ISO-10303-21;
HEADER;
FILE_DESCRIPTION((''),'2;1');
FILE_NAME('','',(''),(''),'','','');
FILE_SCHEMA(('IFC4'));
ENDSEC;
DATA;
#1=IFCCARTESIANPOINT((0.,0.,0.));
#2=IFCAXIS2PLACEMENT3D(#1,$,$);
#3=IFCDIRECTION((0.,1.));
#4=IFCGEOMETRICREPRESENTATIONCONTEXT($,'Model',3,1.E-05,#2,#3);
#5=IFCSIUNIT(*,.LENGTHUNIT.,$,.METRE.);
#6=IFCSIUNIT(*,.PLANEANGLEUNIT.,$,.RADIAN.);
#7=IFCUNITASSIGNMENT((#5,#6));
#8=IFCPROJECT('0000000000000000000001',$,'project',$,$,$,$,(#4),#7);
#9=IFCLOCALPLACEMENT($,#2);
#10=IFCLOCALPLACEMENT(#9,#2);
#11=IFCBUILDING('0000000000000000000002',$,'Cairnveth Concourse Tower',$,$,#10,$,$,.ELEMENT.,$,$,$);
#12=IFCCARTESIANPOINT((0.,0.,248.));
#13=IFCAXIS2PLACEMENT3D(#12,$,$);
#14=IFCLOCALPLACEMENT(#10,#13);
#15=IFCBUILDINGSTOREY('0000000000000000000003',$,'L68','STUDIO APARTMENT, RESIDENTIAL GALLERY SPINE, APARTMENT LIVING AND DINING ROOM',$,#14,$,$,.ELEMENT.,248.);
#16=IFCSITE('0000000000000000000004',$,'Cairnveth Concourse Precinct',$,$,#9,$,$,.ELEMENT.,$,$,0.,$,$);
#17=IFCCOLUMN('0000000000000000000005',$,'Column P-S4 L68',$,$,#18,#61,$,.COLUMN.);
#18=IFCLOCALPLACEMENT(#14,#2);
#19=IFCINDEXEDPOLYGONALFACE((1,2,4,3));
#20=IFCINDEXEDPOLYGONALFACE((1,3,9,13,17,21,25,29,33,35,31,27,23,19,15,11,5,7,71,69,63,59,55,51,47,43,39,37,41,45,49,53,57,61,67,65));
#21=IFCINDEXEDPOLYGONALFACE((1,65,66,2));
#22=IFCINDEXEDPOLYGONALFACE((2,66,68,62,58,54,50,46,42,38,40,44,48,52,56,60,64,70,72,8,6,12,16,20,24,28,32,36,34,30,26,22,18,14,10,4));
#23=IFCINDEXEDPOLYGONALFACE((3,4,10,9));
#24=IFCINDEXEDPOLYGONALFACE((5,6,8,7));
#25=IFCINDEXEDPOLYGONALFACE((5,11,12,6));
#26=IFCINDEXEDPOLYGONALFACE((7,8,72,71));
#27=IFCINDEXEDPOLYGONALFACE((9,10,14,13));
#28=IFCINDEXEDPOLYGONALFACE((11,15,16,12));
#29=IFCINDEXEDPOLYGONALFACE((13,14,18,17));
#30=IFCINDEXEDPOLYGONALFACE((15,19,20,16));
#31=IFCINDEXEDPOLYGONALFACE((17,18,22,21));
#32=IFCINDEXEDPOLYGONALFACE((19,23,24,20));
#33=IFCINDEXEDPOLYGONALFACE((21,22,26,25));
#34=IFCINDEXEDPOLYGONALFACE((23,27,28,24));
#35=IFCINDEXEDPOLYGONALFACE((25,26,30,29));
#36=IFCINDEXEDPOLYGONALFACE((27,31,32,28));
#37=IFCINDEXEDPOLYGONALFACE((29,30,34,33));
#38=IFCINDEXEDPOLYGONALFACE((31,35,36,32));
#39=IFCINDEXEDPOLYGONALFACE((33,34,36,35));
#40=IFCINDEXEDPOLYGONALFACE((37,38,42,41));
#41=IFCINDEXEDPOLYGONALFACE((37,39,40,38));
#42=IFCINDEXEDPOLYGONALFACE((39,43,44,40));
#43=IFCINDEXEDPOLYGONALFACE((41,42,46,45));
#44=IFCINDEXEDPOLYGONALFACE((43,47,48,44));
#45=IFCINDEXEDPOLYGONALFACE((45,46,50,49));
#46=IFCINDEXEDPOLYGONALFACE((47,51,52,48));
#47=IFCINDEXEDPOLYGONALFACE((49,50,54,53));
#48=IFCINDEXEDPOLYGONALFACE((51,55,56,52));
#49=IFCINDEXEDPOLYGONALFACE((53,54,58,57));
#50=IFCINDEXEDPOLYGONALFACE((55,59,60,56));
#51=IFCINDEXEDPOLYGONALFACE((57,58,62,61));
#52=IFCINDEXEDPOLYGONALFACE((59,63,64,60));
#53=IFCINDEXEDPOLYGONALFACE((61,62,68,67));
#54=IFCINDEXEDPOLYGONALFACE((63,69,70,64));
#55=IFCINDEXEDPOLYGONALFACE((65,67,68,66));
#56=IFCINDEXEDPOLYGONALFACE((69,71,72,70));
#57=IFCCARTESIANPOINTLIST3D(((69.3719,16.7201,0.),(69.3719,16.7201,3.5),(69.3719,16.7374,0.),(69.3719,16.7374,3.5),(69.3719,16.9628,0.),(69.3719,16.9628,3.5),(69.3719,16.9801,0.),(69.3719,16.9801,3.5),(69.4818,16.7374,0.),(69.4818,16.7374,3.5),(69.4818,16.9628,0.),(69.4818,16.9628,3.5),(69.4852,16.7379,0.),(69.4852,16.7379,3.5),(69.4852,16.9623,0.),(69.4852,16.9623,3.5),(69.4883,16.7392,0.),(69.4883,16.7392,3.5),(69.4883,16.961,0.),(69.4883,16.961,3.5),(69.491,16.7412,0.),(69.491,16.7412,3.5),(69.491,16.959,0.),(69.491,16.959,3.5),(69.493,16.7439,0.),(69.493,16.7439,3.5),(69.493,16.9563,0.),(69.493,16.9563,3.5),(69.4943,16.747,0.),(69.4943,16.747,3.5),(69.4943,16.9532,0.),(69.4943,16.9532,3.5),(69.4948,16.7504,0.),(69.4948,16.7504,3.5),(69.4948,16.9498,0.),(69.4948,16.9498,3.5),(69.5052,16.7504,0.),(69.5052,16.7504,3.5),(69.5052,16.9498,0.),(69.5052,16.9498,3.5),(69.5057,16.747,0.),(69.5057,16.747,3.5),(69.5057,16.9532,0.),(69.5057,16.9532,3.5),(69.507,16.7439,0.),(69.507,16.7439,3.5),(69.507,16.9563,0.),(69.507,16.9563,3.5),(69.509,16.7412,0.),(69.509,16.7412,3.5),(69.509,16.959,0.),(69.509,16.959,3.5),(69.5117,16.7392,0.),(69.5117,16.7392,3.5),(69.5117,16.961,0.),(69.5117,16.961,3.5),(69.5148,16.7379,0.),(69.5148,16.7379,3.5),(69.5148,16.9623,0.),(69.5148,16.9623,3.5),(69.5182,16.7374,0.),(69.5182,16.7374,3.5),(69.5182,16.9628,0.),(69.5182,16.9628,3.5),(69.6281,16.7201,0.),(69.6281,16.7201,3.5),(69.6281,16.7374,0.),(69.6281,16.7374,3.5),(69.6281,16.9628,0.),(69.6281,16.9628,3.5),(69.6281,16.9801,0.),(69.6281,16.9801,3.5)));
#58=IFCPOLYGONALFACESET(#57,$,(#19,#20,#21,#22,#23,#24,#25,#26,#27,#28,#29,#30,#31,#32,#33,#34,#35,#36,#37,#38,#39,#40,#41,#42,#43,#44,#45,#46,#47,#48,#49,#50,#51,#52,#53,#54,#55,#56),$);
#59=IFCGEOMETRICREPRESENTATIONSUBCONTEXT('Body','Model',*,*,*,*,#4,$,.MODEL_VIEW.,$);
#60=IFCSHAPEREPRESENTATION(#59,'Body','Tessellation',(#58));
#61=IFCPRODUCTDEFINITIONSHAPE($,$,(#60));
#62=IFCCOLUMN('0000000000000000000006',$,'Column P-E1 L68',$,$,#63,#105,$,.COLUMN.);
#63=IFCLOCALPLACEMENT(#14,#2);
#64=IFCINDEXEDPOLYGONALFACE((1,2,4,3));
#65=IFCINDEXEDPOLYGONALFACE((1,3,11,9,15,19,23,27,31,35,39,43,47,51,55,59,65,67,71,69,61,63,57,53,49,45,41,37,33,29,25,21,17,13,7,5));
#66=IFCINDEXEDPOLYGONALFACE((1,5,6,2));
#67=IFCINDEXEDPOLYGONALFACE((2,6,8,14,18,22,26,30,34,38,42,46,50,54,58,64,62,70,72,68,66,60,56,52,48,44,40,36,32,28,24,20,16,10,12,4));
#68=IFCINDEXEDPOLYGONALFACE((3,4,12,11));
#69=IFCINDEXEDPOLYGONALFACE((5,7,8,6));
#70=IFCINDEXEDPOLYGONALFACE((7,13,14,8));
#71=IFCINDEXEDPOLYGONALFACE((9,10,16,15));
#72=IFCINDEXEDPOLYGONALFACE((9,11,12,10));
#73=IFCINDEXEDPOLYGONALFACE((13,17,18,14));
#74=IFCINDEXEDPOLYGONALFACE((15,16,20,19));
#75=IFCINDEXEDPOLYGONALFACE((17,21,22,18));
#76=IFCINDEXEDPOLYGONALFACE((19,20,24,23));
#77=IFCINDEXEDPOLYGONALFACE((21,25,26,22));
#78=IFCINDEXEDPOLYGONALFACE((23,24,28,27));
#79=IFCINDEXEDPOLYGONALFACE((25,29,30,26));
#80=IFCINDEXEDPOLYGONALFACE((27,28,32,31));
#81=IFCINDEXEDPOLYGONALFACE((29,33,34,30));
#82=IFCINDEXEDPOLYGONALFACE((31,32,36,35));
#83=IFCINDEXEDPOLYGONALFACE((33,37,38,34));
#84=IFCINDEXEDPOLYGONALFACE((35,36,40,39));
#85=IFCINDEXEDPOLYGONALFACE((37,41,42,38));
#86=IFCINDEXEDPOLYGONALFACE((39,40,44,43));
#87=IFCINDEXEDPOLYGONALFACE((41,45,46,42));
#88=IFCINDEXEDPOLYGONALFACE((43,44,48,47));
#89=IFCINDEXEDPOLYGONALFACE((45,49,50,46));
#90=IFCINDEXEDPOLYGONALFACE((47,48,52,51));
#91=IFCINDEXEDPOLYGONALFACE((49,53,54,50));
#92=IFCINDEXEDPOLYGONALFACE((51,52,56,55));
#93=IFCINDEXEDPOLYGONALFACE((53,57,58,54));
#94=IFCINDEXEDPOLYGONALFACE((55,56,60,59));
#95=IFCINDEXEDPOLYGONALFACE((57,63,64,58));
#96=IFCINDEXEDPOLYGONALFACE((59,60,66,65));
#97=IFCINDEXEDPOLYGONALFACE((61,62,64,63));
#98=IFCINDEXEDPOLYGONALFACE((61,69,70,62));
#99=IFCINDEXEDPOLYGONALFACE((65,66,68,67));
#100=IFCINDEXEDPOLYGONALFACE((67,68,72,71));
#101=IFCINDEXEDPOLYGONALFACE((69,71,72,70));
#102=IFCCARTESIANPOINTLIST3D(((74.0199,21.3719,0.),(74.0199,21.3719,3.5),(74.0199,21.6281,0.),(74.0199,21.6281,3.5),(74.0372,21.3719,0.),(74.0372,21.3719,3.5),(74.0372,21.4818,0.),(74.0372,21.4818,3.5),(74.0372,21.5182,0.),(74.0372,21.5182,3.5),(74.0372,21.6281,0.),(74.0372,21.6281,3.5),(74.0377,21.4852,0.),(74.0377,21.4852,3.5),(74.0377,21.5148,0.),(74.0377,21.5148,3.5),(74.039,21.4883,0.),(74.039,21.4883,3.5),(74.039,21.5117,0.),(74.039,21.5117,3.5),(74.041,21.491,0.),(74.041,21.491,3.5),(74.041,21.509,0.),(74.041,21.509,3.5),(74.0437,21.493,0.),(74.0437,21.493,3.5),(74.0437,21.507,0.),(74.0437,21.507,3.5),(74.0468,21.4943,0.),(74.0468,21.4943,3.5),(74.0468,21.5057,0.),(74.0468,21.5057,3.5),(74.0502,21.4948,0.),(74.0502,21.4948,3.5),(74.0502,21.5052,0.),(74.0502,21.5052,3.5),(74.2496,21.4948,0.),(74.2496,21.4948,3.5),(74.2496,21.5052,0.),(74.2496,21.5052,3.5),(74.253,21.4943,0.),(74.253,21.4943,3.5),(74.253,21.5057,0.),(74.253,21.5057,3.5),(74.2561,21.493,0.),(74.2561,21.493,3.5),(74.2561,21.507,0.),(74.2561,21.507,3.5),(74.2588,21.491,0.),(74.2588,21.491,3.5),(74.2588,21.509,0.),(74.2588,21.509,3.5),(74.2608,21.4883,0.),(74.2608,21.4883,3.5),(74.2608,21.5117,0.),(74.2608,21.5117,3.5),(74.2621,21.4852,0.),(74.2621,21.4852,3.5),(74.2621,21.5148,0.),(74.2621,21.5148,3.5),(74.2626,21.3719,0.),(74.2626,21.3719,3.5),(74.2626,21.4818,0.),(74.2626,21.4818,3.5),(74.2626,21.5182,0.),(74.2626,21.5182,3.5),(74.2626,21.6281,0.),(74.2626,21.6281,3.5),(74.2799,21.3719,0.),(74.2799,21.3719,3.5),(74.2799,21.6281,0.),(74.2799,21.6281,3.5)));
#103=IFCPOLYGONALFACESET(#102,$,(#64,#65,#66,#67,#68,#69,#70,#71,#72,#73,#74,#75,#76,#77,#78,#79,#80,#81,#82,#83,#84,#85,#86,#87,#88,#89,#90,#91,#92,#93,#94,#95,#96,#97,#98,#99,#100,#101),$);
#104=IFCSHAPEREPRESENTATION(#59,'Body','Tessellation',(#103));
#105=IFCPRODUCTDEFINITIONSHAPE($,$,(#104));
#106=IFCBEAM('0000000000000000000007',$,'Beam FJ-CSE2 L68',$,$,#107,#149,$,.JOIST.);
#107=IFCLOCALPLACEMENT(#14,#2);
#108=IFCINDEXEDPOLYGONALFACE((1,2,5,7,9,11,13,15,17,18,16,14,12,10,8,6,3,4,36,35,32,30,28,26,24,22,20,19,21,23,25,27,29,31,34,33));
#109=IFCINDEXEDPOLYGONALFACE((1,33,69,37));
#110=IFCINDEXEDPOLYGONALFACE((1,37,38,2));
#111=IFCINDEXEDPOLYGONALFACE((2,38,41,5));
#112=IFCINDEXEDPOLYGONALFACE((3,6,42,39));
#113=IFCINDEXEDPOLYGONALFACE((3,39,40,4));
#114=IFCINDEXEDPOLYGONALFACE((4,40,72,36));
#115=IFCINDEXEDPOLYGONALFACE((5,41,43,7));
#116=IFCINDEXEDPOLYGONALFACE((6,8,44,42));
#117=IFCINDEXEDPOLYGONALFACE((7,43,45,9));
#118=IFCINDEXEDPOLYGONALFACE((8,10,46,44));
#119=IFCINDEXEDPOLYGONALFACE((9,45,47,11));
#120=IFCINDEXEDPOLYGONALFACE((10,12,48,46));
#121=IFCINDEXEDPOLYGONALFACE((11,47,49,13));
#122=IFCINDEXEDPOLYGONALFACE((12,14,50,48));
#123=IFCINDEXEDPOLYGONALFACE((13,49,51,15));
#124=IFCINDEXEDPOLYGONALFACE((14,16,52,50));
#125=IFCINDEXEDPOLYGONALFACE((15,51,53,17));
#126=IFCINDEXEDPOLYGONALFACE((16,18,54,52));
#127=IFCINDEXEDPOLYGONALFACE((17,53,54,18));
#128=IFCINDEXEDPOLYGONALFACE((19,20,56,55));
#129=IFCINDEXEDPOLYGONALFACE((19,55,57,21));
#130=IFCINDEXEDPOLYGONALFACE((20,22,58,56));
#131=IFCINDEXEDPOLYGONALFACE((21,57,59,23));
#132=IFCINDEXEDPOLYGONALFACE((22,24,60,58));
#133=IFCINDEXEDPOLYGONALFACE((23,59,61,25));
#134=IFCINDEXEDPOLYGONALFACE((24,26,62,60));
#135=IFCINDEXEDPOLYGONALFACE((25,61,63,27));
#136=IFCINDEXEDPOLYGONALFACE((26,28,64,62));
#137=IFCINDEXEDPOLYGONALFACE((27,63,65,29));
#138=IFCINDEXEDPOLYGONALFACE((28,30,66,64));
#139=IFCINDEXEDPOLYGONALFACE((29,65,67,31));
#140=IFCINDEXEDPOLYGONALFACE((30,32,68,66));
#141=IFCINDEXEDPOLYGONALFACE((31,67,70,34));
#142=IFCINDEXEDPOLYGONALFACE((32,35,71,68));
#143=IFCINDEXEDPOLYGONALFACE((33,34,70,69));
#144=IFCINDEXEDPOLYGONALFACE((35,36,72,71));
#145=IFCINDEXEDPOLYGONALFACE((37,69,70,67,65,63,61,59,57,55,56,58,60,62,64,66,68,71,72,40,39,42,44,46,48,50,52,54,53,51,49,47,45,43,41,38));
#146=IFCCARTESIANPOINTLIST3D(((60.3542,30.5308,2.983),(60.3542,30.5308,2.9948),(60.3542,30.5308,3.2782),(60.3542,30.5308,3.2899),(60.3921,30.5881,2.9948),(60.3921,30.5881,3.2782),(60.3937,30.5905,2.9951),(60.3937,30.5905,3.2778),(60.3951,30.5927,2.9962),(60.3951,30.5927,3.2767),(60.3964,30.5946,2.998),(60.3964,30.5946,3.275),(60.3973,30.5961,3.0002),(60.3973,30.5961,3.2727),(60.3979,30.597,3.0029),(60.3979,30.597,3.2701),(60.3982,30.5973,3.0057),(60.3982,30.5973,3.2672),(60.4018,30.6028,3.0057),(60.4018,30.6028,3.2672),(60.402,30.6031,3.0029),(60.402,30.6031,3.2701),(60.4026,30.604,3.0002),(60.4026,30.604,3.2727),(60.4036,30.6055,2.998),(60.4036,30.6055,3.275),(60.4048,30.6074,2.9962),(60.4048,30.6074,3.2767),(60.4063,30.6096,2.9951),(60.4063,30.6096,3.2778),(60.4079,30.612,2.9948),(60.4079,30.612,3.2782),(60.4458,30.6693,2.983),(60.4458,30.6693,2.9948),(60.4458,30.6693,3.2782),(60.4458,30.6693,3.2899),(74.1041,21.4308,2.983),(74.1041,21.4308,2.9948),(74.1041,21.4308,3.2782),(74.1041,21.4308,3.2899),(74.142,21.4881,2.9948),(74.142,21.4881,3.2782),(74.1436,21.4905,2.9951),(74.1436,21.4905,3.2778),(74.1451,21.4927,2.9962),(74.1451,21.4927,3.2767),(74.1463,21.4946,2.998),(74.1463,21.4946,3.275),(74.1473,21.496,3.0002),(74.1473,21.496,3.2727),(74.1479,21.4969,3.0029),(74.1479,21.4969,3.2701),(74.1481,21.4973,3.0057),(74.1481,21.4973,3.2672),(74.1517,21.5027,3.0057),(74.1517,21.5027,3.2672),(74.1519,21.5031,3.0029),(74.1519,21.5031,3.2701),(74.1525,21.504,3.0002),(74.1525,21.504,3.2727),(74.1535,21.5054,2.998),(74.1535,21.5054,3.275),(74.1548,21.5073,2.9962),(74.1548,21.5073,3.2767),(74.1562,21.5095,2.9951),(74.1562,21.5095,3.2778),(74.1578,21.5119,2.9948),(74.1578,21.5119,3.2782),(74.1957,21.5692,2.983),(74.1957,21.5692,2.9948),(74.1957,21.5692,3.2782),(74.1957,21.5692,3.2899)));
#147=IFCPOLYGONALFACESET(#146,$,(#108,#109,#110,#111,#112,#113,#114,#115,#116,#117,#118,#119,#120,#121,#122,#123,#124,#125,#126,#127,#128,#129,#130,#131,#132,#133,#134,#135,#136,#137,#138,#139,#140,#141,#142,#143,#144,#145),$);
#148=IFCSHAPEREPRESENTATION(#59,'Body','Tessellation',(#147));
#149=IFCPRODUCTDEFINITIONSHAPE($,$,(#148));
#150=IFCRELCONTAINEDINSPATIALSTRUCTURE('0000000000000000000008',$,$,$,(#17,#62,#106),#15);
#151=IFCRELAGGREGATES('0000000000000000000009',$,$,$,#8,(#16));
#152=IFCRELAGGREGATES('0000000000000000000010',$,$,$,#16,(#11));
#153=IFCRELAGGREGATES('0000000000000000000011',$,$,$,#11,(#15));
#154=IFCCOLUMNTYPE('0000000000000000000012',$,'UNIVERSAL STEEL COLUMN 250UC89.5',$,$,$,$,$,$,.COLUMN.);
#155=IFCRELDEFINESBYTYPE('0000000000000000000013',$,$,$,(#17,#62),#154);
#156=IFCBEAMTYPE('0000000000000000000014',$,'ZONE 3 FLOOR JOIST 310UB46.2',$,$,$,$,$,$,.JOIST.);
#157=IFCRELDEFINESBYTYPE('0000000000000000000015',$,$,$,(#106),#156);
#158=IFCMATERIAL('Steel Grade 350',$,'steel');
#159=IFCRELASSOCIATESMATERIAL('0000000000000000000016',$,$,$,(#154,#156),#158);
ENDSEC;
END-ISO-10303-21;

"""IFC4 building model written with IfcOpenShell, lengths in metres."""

from ifc_helpers import new_model, si_unit, direction, frame, origin, origin_2d, place, context, subcontext, project, spatial, i_section, extrude, material, material_profile, profile_set, type_object, element, save


model = new_model("IFC4")

# Units and contexts
model_context = context("Model", 3, precision=1e-05, world=origin(), true_north=direction((0.0, 1.0)))
body_context = subcontext(model_context, "Body", "Model", "MODEL_VIEW")
ifc_project = project(units=[si_unit("LENGTHUNIT", "METRE"), si_unit("PLANEANGLEUNIT", "RADIAN")], contexts=[model_context])

# Site, building, storey
site_placement = place(None, origin())
site = spatial("IfcSite", under=ifc_project, at=site_placement, Name="Cairnveth Concourse Precinct", CompositionType="ELEMENT", RefElevation=0.0)
building_placement = place(site_placement, origin())
building = spatial("IfcBuilding", under=site, at=building_placement, Name="Cairnveth Concourse Tower", CompositionType="ELEMENT")
storey_placement = place(building_placement, frame((0.0, 0.0, 248.0)))
storey = spatial("IfcBuildingStorey", under=building, at=storey_placement, Name="L68", Description="STUDIO APARTMENT, RESIDENTIAL GALLERY SPINE, APARTMENT LIVING AND DINING ROOM", CompositionType="ELEMENT", Elevation=248.0)

# Columns
ifc_material_1 = material(Name="Steel Grade 350", Category="steel")
ifc_material_profile_1 = material_profile(ifc_material_1, i_section(OverallWidth=0.2561, OverallDepth=0.26, WebThickness=0.0105, FlangeThickness=0.0173, FilletRadius=0.0129, at=origin_2d()), Name="250UC89.5")
ifc_profile_set_1 = profile_set([ifc_material_profile_1], Name="Steel Grade 350")
column_type = type_object("IfcColumnType", Name="UNIVERSAL STEEL COLUMN 250UC89.5", PredefinedType="COLUMN", material=ifc_profile_set_1)
for number, where, z_axis, x_axis, name in (
    (1, (69.5, 16.8501, 0.0), (0.0, 0.0, 1.0), (1.0, 0.0, 0.0), "Column P-S4 L68"),
    (2, (74.1499, 21.5, 0.0), (0.0, 0.0, 1.0), (0.0, 1.0, 0.0), "Column P-E1 L68"),
):
    element("IfcColumn", number, at=place(storey_placement, frame(where, z_axis=z_axis, x_axis=x_axis)), inside=storey, type_object=column_type, Name=name, PredefinedType="COLUMN", context=body_context, shape_type="SweptSolid", body=[
        extrude(i_section(OverallWidth=0.2561, OverallDepth=0.26, WebThickness=0.0105, FlangeThickness=0.0173, FilletRadius=0.0129, at=origin_2d()), origin(), (0.0, 0.0, 1.0), 3.5),
    ])

# Beam
ifc_material_profile_2 = material_profile(ifc_material_1, i_section(OverallWidth=0.166, OverallDepth=0.3069, WebThickness=0.0066, FlangeThickness=0.0117, FilletRadius=0.011, at=origin_2d()), Name="310UB46.2")
ifc_profile_set_2 = profile_set([ifc_material_profile_2], Name="Steel Grade 350")
beam_type_1 = type_object("IfcBeamType", Name="ZONE 3 FLOOR JOIST 310UB46.2", PredefinedType="JOIST", material=ifc_profile_set_2)
beam_1_placement = place(storey_placement, frame((74.1499, 21.5, 3.1365), z_axis=(-0.833909, 0.551902, 0.0), x_axis=(-0.551902, -0.833909, 0.0)))
element("IfcBeam", 3, at=beam_1_placement, inside=storey, type_object=beam_type_1, Name="Beam FJ-CSE2 L68", PredefinedType="JOIST", context=body_context, shape_type="SweptSolid", body=[
    extrude(i_section(OverallWidth=0.166, OverallDepth=0.3069, WebThickness=0.0066, FlangeThickness=0.0117, FilletRadius=0.011, at=origin_2d()), origin(), (0.0, 0.0, 1.0), 16.4885),
])

save(model, "model.ifc")
